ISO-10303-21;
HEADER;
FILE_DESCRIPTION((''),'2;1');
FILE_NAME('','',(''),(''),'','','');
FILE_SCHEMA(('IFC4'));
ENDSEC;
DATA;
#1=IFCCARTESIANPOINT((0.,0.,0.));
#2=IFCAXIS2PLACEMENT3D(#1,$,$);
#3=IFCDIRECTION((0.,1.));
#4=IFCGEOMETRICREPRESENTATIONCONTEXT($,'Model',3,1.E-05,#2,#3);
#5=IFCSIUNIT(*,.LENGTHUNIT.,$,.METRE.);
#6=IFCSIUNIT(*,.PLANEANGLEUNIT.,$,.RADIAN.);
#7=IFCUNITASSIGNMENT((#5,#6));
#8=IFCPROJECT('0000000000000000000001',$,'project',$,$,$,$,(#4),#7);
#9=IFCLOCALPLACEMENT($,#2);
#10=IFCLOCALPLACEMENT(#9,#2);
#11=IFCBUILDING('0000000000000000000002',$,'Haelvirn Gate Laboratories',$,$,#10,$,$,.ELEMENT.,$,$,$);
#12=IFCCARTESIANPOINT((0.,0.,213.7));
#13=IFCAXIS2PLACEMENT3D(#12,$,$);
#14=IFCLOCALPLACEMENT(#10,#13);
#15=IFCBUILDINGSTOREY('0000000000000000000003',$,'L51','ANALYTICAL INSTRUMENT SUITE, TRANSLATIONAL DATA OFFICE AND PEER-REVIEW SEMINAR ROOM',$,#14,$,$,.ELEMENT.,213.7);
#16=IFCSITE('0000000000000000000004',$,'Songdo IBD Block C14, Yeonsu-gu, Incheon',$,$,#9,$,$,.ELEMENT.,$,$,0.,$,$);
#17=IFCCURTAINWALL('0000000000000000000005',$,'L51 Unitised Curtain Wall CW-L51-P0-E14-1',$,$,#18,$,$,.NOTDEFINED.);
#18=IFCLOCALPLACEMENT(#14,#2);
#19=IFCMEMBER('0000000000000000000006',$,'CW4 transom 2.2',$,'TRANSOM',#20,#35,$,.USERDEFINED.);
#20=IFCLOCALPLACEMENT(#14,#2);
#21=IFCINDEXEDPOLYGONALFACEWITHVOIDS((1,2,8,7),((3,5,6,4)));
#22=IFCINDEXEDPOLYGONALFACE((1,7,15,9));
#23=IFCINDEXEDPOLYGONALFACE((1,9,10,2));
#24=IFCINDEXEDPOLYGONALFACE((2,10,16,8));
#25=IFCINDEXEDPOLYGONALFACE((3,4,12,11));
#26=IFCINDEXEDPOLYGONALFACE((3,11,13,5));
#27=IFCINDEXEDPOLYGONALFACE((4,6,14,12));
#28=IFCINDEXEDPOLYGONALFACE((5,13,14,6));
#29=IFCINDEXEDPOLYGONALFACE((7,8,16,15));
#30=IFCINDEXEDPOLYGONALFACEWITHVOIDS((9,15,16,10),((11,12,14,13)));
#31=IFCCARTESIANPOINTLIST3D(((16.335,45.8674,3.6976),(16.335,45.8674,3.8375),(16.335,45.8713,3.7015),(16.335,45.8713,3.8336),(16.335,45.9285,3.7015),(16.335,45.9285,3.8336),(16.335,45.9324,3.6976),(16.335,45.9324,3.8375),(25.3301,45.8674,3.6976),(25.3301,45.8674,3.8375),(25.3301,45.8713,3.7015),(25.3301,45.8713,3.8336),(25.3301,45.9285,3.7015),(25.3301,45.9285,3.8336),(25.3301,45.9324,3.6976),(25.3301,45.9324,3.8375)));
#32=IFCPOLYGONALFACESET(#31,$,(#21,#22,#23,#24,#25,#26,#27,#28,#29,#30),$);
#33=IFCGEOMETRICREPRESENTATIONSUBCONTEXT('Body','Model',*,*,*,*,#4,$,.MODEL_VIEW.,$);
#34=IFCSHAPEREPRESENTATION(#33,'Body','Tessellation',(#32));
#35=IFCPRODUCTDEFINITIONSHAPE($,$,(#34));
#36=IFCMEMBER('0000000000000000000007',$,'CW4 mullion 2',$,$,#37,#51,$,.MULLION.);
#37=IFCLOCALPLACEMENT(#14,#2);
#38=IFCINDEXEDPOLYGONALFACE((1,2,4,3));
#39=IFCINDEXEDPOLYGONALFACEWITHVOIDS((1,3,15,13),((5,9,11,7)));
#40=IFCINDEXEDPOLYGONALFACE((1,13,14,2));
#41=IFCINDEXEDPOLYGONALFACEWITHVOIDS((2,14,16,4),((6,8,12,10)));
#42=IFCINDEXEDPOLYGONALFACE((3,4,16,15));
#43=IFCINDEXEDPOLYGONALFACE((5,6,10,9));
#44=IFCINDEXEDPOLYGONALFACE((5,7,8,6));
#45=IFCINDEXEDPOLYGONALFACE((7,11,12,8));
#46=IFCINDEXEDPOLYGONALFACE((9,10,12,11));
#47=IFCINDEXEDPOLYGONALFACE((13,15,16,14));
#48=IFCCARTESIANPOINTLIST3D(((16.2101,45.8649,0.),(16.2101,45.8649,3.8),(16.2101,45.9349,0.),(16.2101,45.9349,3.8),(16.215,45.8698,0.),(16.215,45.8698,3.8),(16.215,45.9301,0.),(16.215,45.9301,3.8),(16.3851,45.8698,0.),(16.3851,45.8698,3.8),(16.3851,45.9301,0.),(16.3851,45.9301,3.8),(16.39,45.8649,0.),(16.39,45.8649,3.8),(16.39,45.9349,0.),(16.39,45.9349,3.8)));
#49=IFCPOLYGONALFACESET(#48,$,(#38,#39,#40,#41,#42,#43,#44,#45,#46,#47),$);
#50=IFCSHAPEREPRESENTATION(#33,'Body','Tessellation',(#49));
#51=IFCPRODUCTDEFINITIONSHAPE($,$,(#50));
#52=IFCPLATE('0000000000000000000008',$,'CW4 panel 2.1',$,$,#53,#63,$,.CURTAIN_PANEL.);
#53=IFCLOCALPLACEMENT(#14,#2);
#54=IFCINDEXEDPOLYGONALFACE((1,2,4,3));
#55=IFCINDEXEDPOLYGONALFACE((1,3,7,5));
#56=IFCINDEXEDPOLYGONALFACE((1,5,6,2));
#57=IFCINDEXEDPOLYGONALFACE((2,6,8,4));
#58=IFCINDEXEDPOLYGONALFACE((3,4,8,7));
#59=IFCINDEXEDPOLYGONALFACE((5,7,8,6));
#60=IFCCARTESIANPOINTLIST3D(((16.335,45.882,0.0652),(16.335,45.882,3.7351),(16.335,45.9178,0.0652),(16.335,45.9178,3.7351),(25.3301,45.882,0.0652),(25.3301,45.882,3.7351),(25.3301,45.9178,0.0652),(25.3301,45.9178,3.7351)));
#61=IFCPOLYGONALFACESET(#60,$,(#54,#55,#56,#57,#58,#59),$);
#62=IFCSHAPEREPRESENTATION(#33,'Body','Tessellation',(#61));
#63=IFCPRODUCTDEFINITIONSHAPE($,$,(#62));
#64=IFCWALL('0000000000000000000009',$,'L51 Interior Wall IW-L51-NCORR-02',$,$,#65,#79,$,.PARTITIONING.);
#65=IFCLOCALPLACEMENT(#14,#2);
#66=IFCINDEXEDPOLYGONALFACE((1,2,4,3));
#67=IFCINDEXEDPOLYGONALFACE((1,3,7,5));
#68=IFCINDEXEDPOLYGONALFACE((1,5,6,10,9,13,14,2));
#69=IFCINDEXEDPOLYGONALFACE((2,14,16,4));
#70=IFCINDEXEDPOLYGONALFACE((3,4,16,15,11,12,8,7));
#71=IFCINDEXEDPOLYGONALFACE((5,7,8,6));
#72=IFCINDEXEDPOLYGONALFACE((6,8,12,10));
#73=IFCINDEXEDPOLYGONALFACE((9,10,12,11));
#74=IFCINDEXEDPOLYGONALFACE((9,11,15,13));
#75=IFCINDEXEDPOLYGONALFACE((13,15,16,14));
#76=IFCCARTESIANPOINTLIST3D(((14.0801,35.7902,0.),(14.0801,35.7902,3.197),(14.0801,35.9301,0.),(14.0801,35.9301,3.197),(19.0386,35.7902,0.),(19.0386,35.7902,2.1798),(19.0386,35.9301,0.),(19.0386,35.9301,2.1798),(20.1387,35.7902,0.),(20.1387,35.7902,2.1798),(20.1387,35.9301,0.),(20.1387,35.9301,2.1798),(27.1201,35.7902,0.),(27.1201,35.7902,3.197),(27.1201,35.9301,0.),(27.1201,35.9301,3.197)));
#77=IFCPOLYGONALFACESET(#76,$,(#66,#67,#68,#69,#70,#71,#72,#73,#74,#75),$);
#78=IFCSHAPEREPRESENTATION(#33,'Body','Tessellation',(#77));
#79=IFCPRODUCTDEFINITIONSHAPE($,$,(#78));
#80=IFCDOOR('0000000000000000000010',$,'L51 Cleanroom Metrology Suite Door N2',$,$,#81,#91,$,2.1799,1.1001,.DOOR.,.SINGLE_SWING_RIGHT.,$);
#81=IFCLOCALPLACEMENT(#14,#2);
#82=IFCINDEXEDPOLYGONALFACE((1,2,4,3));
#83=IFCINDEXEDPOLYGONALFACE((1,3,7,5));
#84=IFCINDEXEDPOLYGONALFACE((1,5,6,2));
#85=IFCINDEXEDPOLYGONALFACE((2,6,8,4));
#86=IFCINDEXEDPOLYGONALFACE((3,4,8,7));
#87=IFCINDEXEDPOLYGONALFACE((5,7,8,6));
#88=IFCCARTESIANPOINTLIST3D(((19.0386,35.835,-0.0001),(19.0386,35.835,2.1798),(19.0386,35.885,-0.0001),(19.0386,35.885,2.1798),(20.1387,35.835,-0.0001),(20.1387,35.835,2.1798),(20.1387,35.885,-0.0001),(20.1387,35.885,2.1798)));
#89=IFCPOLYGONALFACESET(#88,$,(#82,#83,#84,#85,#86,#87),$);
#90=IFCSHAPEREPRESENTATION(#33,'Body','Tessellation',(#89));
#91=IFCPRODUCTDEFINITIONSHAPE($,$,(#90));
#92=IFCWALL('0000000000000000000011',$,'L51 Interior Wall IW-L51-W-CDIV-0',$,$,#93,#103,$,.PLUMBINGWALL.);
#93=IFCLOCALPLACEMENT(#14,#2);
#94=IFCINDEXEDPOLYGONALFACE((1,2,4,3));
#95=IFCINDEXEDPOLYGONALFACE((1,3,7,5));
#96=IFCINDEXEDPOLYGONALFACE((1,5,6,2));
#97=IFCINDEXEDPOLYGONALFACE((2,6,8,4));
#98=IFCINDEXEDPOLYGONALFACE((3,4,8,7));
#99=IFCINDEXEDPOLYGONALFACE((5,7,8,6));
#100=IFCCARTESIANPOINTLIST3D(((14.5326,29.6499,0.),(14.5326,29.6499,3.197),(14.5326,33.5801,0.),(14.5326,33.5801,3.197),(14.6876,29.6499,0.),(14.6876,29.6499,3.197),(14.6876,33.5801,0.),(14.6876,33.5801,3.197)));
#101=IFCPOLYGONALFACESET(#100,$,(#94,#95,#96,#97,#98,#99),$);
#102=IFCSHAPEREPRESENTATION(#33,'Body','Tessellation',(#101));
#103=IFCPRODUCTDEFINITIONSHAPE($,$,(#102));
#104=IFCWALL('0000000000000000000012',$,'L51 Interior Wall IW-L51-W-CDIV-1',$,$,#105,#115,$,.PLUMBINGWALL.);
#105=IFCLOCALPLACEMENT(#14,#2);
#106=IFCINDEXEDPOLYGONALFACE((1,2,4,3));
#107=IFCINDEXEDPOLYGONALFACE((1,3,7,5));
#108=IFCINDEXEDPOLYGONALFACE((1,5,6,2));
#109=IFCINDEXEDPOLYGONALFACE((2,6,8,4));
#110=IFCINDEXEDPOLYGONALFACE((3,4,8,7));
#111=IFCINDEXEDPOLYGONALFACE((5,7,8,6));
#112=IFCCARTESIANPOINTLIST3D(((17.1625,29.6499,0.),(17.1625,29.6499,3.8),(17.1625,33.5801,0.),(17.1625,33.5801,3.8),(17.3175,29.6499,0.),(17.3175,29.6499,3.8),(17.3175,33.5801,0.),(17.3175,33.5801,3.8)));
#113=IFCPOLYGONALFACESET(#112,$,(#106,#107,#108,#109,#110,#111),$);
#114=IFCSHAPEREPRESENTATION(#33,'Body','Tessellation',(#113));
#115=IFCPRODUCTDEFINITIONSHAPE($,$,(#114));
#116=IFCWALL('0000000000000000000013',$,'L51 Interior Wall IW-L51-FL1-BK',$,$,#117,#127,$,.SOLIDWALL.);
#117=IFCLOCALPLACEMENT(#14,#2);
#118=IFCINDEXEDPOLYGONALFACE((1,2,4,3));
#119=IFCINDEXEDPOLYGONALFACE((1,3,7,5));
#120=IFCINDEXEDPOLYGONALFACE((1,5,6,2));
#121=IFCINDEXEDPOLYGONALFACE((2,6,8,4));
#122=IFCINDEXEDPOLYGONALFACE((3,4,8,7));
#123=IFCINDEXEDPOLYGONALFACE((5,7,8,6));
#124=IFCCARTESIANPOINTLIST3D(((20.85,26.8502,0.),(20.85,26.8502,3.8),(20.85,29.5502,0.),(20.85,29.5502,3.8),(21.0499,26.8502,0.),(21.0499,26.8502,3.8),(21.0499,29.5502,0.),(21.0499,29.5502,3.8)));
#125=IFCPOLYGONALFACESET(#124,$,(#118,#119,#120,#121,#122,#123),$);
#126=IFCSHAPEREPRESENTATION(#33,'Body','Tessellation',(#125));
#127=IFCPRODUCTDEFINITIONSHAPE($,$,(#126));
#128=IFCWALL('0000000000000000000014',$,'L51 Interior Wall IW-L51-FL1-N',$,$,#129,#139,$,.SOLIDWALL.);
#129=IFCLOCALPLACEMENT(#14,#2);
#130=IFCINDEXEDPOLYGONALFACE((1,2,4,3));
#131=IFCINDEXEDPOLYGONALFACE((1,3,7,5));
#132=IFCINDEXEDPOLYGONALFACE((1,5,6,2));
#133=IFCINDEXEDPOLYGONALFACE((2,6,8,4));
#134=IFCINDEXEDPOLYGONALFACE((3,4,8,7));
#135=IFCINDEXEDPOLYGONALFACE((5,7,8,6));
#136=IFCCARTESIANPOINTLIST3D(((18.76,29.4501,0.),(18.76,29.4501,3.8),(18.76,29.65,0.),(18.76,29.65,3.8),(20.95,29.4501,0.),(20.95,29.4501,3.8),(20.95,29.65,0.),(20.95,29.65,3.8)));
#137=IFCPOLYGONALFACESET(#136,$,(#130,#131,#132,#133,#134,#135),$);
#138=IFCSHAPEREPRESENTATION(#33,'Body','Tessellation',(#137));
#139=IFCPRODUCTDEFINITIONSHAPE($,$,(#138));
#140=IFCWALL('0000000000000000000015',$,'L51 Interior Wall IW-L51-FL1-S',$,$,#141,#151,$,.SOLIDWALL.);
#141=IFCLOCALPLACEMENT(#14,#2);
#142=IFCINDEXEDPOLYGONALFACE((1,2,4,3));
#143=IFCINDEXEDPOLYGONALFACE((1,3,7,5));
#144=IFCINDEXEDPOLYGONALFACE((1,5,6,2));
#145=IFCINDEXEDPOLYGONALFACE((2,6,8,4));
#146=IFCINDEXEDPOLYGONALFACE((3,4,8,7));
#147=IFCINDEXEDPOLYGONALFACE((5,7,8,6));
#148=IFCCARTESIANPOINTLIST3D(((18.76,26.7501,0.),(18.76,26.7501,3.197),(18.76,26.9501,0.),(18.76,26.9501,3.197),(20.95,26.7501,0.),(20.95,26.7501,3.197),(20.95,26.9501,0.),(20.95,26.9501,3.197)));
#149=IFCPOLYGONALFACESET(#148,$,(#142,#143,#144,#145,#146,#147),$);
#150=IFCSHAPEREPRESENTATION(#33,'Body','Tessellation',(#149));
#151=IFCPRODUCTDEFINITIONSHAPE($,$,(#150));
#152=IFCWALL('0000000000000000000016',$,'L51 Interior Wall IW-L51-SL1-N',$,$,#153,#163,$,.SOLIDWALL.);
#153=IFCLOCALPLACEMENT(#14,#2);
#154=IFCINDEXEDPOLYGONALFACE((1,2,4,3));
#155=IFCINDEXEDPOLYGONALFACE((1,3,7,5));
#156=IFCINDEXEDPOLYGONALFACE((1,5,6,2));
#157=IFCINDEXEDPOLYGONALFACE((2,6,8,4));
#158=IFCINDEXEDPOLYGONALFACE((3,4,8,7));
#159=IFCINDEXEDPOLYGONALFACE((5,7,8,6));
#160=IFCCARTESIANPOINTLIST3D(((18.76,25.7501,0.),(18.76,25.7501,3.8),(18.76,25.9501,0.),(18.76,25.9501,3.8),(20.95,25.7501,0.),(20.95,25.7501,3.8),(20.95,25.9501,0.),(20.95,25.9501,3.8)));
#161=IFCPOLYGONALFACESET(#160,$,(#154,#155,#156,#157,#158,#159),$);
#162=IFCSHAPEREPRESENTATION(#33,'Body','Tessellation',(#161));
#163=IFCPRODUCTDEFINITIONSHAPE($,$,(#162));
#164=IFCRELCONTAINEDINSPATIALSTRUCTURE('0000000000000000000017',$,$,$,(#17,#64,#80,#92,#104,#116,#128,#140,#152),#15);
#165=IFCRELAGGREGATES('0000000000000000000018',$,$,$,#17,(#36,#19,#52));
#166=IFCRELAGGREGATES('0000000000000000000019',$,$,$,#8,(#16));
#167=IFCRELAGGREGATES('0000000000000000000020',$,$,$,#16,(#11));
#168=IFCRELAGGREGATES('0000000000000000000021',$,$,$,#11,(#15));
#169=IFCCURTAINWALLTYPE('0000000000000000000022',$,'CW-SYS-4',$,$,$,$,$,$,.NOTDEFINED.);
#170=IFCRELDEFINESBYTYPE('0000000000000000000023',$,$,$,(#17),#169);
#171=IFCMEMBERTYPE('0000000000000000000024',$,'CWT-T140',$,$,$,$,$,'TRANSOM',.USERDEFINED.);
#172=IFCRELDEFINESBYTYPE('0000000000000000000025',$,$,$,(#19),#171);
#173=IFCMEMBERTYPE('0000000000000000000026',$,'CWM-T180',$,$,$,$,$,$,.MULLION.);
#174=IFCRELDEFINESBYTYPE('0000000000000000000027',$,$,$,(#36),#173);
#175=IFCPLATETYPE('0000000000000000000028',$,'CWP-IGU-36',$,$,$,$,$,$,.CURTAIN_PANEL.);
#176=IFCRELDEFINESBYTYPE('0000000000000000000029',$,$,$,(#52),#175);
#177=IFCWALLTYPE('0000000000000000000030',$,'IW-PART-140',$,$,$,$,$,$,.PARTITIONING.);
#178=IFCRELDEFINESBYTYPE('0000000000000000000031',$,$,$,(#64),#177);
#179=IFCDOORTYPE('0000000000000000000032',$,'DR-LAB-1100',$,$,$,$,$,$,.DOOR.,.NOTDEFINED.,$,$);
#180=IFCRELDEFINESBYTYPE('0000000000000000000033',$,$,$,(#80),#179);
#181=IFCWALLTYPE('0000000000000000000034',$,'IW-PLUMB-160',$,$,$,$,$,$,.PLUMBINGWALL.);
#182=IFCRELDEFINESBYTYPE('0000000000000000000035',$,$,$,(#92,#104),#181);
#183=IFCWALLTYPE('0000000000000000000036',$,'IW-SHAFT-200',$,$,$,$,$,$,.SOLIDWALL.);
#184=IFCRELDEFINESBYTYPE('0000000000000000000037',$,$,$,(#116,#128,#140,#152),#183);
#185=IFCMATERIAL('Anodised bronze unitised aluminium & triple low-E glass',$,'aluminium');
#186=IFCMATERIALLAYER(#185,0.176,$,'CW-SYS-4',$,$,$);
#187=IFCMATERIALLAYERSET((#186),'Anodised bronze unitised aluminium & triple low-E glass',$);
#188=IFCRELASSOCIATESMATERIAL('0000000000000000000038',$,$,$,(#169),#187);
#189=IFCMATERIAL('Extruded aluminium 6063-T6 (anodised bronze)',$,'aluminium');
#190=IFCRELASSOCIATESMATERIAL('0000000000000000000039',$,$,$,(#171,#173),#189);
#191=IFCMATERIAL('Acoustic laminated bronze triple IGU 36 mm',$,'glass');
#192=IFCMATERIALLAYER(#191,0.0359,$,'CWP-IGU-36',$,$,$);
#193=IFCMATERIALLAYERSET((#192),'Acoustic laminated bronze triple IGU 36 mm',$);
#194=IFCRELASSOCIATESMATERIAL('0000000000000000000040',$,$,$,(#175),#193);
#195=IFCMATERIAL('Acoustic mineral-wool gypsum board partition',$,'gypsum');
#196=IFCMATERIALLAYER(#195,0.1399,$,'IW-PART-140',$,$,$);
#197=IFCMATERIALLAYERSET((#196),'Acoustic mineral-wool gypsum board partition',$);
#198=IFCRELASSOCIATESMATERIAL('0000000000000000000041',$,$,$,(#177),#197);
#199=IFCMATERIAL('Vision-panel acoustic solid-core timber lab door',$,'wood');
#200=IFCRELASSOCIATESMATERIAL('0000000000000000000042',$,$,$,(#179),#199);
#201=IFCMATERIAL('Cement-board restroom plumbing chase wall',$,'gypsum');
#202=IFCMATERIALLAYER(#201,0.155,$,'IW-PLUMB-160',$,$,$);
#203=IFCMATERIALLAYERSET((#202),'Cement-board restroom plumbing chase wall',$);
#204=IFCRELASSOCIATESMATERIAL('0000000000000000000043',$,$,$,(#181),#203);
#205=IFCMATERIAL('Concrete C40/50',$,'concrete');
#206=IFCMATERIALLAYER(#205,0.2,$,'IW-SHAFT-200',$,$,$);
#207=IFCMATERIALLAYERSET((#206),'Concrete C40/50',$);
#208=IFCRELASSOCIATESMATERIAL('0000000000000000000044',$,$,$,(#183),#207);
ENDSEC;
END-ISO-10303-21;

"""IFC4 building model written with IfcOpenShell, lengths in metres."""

from ifc_helpers import new_model, si_unit, direction, frame, frame_2d, origin, origin_2d, place, context, subcontext, project, spatial, rectangle, hollow_rectangle, extrude, source, transform, mapped, material, layer, layer_set, material_profile, profile_set, type_object, type_shapes, element, fill, aggregate, save


model = new_model("IFC4")

# Units and contexts
model_context = context("Model", 3, precision=1e-05, world=origin(), true_north=direction((0.0, 1.0)))
body_context = subcontext(model_context, "Body", "Model", "MODEL_VIEW")
ifc_project = project(units=[si_unit("LENGTHUNIT", "METRE"), si_unit("PLANEANGLEUNIT", "RADIAN")], contexts=[model_context])

# Site, building, storey
site_placement = place(None, origin())
site = spatial("IfcSite", under=ifc_project, at=site_placement, Name="Songdo IBD Block C14, Yeonsu-gu, Incheon", CompositionType="ELEMENT", RefElevation=0.0)
building_placement = place(site_placement, origin())
building = spatial("IfcBuilding", under=site, at=building_placement, Name="Haelvirn Gate Laboratories", CompositionType="ELEMENT")
storey_placement = place(building_placement, frame((0.0, 0.0, 213.7)))
storey = spatial("IfcBuildingStorey", under=building, at=storey_placement, Name="L51", Description="ANALYTICAL INSTRUMENT SUITE, TRANSLATIONAL DATA OFFICE AND PEER-REVIEW SEMINAR ROOM", CompositionType="ELEMENT", Elevation=213.7)

# Curtain wall, members, plate
ifc_material_1 = material(Name="Anodised bronze unitised aluminium & triple low-E glass", Category="aluminium")
ifc_layer_1 = layer(ifc_material_1, 0.176, Name="CW-SYS-4")
ifc_layer_set_1 = layer_set([ifc_layer_1], Name="Anodised bronze unitised aluminium & triple low-E glass")
curtain_wall_type = type_object("IfcCurtainWallType", Name="CW-SYS-4", PredefinedType="NOTDEFINED", material=ifc_layer_set_1)
curtain_wall_placement = place(storey_placement, origin())
curtain_wall = element("IfcCurtainWall", 1, at=curtain_wall_placement, inside=storey, type_object=curtain_wall_type, Name="L51 Unitised Curtain Wall CW-L51-P0-E14-1", PredefinedType="NOTDEFINED")
ifc_material_2 = material(Name="Extruded aluminium 6063-T6 (anodised bronze)", Category="aluminium")
ifc_material_profile_1 = material_profile(ifc_material_2, hollow_rectangle(XDim=0.0649, YDim=0.1399, WallThickness=0.0039, at=origin_2d()), Name="CWT-140x65x4")
ifc_profile_set_1 = profile_set([ifc_material_profile_1], Name="Extruded aluminium 6063-T6 (anodised bronze)")
member_type_1 = type_object("IfcMemberType", Name="CWT-T140", ElementType="TRANSOM", PredefinedType="USERDEFINED", material=ifc_profile_set_1)
shared_shape_1 = source(origin(), body_context, "Body", "SweptSolid", [
    extrude(hollow_rectangle(XDim=0.0649, YDim=0.1399, WallThickness=0.0039, at=origin_2d()), origin(), (0.0, 0.0, 1.0), 8.9951),
])
type_shapes(member_type_1, [shared_shape_1])
member_1_placement = place(storey_placement, frame((16.335, 45.8999, 3.7676), z_axis=(1.0, 0.0, 0.0), x_axis=(0.0, 1.0, 0.0)))
member_1 = element("IfcMember", 2, at=member_1_placement, type_object=member_type_1, Name="CW4 transom 2.2", ObjectType="TRANSOM", PredefinedType="USERDEFINED", context=body_context, shape_type="MappedRepresentation", body=[
    mapped(shared_shape_1, transform((0.0, 0.0, 0.0), scale=1.0)),
])
ifc_material_profile_2 = material_profile(ifc_material_2, hollow_rectangle(XDim=0.0701, YDim=0.1799, WallThickness=0.0049, at=origin_2d()), Name="CWM-180x70x5")
ifc_profile_set_2 = profile_set([ifc_material_profile_2], Name="Extruded aluminium 6063-T6 (anodised bronze)")
member_type_2 = type_object("IfcMemberType", Name="CWM-T180", PredefinedType="MULLION", material=ifc_profile_set_2)
shared_shape_2 = source(origin(), body_context, "Body", "SweptSolid", [
    extrude(hollow_rectangle(XDim=0.0701, YDim=0.1799, WallThickness=0.0049, at=origin_2d()), origin(), (0.0, 0.0, 1.0), 3.8),
])
type_shapes(member_type_2, [shared_shape_2])
member_2_placement = place(storey_placement, frame((16.3, 45.8999, 0.0), z_axis=(0.0, 0.0, 1.0), x_axis=(0.0, 1.0, 0.0)))
member_2 = element("IfcMember", 3, at=member_2_placement, type_object=member_type_2, Name="CW4 mullion 2", PredefinedType="MULLION", context=body_context, shape_type="MappedRepresentation", body=[
    mapped(shared_shape_2, transform((0.0, 0.0, 0.0), scale=1.0)),
])
ifc_material_3 = material(Name="Acoustic laminated bronze triple IGU 36 mm", Category="glass")
ifc_layer_2 = layer(ifc_material_3, 0.0359, Name="CWP-IGU-36")
ifc_layer_set_2 = layer_set([ifc_layer_2], Name="Acoustic laminated bronze triple IGU 36 mm")
plate_type = type_object("IfcPlateType", Name="CWP-IGU-36", PredefinedType="CURTAIN_PANEL", material=ifc_layer_set_2)
shared_shape_3 = source(origin(), body_context, "Body", "SweptSolid", [
    extrude(rectangle(XDim=8.9951, YDim=0.0359, at=origin_2d()), origin(), (0.0, 0.0, 1.0), 3.6699),
])
type_shapes(plate_type, [shared_shape_3])
plate_placement = place(storey_placement, frame((20.8325, 45.8999, 0.0652), z_axis=(0.0, 0.0, 1.0), x_axis=(1.0, 0.0, 0.0)))
plate = element("IfcPlate", 4, at=plate_placement, type_object=plate_type, Name="CW4 panel 2.1", PredefinedType="CURTAIN_PANEL", context=body_context, shape_type="MappedRepresentation", body=[
    mapped(shared_shape_3, transform((0.0, 0.0, 0.0), scale=1.0)),
])
aggregate(curtain_wall, [member_2, member_1, plate])

# Wall, opening, door
ifc_material_4 = material(Name="Acoustic mineral-wool gypsum board partition", Category="gypsum")
ifc_layer_3 = layer(ifc_material_4, 0.1399, Name="IW-PART-140")
ifc_layer_set_3 = layer_set([ifc_layer_3], Name="Acoustic mineral-wool gypsum board partition")
wall_type_1 = type_object("IfcWallType", Name="IW-PART-140", PredefinedType="PARTITIONING", material=ifc_layer_set_3)
wall_1_placement = place(storey_placement, frame((14.0801, 35.8601, 0.0), z_axis=(0.0, 0.0, 1.0), x_axis=(1.0, 0.0, 0.0)))
wall_1 = element("IfcWall", 5, at=wall_1_placement, inside=storey, type_object=wall_type_1, Name="L51 Interior Wall IW-L51-NCORR-02", PredefinedType="PARTITIONING", context=body_context, shape_type="SweptSolid", body=[
    extrude(rectangle(XDim=13.04, YDim=0.1399, at=frame_2d((6.52, 0.0))), origin(), (0.0, 0.0, 1.0), 3.197),
])
opening_placement = place(wall_1_placement, frame((4.9585, 0.0, 0.0)))
opening = element("IfcOpeningElement", 6, at=opening_placement, cuts=wall_1, PredefinedType="OPENING", context=body_context, shape_type="SweptSolid", body=[
    extrude(rectangle(XDim=1.1001, YDim=2.1799, at=frame_2d((0.55, 1.0898))), frame((0.0, 0.0801, 0.0), z_axis=(0.0, -1.0, 0.0), x_axis=(1.0, 0.0, 0.0)), (0.0, 0.0, 1.0), 0.1599),
])
ifc_material_5 = material(Name="Vision-panel acoustic solid-core timber lab door", Category="wood")
door_type = type_object("IfcDoorType", Name="DR-LAB-1100", OperationType="NOTDEFINED", PredefinedType="DOOR", material=ifc_material_5)
shared_shape_4 = source(origin(), body_context, "Body", "SweptSolid", [
    extrude(rectangle(XDim=1.1001, YDim=2.1799, at=frame_2d((0.55, 1.0898))), frame((0.0, 0.0249, 0.0), z_axis=(0.0, -1.0, 0.0), x_axis=(1.0, 0.0, 0.0)), (0.0, 0.0, 1.0), 0.05),
])
type_shapes(door_type, [shared_shape_4])
door_placement = place(opening_placement, origin())
door = element("IfcDoor", 7, at=door_placement, inside=storey, type_object=door_type, Name="L51 Cleanroom Metrology Suite Door N2", OperationType="SINGLE_SWING_RIGHT", OverallHeight=2.1799, OverallWidth=1.1001, PredefinedType="DOOR", context=body_context, shape_type="MappedRepresentation", body=[
    mapped(shared_shape_4, transform((0.0, 0.0, 0.0), scale=1.0)),
])
fill(opening, door)

# Walls
ifc_material_6 = material(Name="Cement-board restroom plumbing chase wall", Category="gypsum")
ifc_layer_4 = layer(ifc_material_6, 0.155, Name="IW-PLUMB-160")
ifc_layer_set_4 = layer_set([ifc_layer_4], Name="Cement-board restroom plumbing chase wall")
wall_type_2 = type_object("IfcWallType", Name="IW-PLUMB-160", PredefinedType="PLUMBINGWALL", material=ifc_layer_set_4)
wall_2_placement = place(storey_placement, frame((14.6101, 29.6499, 0.0), z_axis=(0.0, 0.0, 1.0), x_axis=(0.0, 1.0, 0.0)))
element("IfcWall", 8, at=wall_2_placement, inside=storey, type_object=wall_type_2, Name="L51 Interior Wall IW-L51-W-CDIV-0", PredefinedType="PLUMBINGWALL", context=body_context, shape_type="SweptSolid", body=[
    extrude(rectangle(XDim=3.9302, YDim=0.155, at=frame_2d((1.9651, 0.0))), origin(), (0.0, 0.0, 1.0), 3.197),
])
wall_3_placement = place(storey_placement, frame((17.24, 29.6499, 0.0), z_axis=(0.0, 0.0, 1.0), x_axis=(0.0, 1.0, 0.0)))
element("IfcWall", 9, at=wall_3_placement, inside=storey, type_object=wall_type_2, Name="L51 Interior Wall IW-L51-W-CDIV-1", PredefinedType="PLUMBINGWALL", context=body_context, shape_type="SweptSolid", body=[
    extrude(rectangle(XDim=3.9302, YDim=0.155, at=frame_2d((1.9651, 0.0))), origin(), (0.0, 0.0, 1.0), 3.8),
])
ifc_material_7 = material(Name="Concrete C40/50", Category="concrete")
ifc_layer_5 = layer(ifc_material_7, 0.2, Name="IW-SHAFT-200")
ifc_layer_set_5 = layer_set([ifc_layer_5], Name="Concrete C40/50")
wall_type_3 = type_object("IfcWallType", Name="IW-SHAFT-200", PredefinedType="SOLIDWALL", material=ifc_layer_set_5)
wall_4_placement = place(storey_placement, frame((20.95, 26.8501, 0.0), z_axis=(0.0, 0.0, 1.0), x_axis=(0.0, 1.0, 0.0)))
element("IfcWall", 10, at=wall_4_placement, inside=storey, type_object=wall_type_3, Name="L51 Interior Wall IW-L51-FL1-BK", PredefinedType="SOLIDWALL", context=body_context, shape_type="SweptSolid", body=[
    extrude(rectangle(XDim=2.7, YDim=0.2, at=frame_2d((1.3501, 0.0))), origin(), (0.0, 0.0, 1.0), 3.8),
])
wall_5_placement = place(storey_placement, frame((18.76, 29.55, 0.0), z_axis=(0.0, 0.0, 1.0), x_axis=(1.0, 0.0, 0.0)))
element("IfcWall", 11, at=wall_5_placement, inside=storey, type_object=wall_type_3, Name="L51 Interior Wall IW-L51-FL1-N", PredefinedType="SOLIDWALL", context=body_context, shape_type="SweptSolid", body=[
    extrude(rectangle(XDim=2.1899, YDim=0.2, at=frame_2d((1.095, 0.0))), origin(), (0.0, 0.0, 1.0), 3.8),
])
wall_6_placement = place(storey_placement, frame((18.76, 26.8501, 0.0), z_axis=(0.0, 0.0, 1.0), x_axis=(1.0, 0.0, 0.0)))
element("IfcWall", 12, at=wall_6_placement, inside=storey, type_object=wall_type_3, Name="L51 Interior Wall IW-L51-FL1-S", PredefinedType="SOLIDWALL", context=body_context, shape_type="SweptSolid", body=[
    extrude(rectangle(XDim=2.1899, YDim=0.2, at=frame_2d((1.095, 0.0))), origin(), (0.0, 0.0, 1.0), 3.197),
])
wall_7_placement = place(storey_placement, frame((18.76, 25.8501, 0.0), z_axis=(0.0, 0.0, 1.0), x_axis=(1.0, 0.0, 0.0)))
element("IfcWall", 13, at=wall_7_placement, inside=storey, type_object=wall_type_3, Name="L51 Interior Wall IW-L51-SL1-N", PredefinedType="SOLIDWALL", context=body_context, shape_type="SweptSolid", body=[
    extrude(rectangle(XDim=2.1899, YDim=0.2, at=frame_2d((1.095, 0.0))), origin(), (0.0, 0.0, 1.0), 3.8),
])

save(model, "model.ifc")
